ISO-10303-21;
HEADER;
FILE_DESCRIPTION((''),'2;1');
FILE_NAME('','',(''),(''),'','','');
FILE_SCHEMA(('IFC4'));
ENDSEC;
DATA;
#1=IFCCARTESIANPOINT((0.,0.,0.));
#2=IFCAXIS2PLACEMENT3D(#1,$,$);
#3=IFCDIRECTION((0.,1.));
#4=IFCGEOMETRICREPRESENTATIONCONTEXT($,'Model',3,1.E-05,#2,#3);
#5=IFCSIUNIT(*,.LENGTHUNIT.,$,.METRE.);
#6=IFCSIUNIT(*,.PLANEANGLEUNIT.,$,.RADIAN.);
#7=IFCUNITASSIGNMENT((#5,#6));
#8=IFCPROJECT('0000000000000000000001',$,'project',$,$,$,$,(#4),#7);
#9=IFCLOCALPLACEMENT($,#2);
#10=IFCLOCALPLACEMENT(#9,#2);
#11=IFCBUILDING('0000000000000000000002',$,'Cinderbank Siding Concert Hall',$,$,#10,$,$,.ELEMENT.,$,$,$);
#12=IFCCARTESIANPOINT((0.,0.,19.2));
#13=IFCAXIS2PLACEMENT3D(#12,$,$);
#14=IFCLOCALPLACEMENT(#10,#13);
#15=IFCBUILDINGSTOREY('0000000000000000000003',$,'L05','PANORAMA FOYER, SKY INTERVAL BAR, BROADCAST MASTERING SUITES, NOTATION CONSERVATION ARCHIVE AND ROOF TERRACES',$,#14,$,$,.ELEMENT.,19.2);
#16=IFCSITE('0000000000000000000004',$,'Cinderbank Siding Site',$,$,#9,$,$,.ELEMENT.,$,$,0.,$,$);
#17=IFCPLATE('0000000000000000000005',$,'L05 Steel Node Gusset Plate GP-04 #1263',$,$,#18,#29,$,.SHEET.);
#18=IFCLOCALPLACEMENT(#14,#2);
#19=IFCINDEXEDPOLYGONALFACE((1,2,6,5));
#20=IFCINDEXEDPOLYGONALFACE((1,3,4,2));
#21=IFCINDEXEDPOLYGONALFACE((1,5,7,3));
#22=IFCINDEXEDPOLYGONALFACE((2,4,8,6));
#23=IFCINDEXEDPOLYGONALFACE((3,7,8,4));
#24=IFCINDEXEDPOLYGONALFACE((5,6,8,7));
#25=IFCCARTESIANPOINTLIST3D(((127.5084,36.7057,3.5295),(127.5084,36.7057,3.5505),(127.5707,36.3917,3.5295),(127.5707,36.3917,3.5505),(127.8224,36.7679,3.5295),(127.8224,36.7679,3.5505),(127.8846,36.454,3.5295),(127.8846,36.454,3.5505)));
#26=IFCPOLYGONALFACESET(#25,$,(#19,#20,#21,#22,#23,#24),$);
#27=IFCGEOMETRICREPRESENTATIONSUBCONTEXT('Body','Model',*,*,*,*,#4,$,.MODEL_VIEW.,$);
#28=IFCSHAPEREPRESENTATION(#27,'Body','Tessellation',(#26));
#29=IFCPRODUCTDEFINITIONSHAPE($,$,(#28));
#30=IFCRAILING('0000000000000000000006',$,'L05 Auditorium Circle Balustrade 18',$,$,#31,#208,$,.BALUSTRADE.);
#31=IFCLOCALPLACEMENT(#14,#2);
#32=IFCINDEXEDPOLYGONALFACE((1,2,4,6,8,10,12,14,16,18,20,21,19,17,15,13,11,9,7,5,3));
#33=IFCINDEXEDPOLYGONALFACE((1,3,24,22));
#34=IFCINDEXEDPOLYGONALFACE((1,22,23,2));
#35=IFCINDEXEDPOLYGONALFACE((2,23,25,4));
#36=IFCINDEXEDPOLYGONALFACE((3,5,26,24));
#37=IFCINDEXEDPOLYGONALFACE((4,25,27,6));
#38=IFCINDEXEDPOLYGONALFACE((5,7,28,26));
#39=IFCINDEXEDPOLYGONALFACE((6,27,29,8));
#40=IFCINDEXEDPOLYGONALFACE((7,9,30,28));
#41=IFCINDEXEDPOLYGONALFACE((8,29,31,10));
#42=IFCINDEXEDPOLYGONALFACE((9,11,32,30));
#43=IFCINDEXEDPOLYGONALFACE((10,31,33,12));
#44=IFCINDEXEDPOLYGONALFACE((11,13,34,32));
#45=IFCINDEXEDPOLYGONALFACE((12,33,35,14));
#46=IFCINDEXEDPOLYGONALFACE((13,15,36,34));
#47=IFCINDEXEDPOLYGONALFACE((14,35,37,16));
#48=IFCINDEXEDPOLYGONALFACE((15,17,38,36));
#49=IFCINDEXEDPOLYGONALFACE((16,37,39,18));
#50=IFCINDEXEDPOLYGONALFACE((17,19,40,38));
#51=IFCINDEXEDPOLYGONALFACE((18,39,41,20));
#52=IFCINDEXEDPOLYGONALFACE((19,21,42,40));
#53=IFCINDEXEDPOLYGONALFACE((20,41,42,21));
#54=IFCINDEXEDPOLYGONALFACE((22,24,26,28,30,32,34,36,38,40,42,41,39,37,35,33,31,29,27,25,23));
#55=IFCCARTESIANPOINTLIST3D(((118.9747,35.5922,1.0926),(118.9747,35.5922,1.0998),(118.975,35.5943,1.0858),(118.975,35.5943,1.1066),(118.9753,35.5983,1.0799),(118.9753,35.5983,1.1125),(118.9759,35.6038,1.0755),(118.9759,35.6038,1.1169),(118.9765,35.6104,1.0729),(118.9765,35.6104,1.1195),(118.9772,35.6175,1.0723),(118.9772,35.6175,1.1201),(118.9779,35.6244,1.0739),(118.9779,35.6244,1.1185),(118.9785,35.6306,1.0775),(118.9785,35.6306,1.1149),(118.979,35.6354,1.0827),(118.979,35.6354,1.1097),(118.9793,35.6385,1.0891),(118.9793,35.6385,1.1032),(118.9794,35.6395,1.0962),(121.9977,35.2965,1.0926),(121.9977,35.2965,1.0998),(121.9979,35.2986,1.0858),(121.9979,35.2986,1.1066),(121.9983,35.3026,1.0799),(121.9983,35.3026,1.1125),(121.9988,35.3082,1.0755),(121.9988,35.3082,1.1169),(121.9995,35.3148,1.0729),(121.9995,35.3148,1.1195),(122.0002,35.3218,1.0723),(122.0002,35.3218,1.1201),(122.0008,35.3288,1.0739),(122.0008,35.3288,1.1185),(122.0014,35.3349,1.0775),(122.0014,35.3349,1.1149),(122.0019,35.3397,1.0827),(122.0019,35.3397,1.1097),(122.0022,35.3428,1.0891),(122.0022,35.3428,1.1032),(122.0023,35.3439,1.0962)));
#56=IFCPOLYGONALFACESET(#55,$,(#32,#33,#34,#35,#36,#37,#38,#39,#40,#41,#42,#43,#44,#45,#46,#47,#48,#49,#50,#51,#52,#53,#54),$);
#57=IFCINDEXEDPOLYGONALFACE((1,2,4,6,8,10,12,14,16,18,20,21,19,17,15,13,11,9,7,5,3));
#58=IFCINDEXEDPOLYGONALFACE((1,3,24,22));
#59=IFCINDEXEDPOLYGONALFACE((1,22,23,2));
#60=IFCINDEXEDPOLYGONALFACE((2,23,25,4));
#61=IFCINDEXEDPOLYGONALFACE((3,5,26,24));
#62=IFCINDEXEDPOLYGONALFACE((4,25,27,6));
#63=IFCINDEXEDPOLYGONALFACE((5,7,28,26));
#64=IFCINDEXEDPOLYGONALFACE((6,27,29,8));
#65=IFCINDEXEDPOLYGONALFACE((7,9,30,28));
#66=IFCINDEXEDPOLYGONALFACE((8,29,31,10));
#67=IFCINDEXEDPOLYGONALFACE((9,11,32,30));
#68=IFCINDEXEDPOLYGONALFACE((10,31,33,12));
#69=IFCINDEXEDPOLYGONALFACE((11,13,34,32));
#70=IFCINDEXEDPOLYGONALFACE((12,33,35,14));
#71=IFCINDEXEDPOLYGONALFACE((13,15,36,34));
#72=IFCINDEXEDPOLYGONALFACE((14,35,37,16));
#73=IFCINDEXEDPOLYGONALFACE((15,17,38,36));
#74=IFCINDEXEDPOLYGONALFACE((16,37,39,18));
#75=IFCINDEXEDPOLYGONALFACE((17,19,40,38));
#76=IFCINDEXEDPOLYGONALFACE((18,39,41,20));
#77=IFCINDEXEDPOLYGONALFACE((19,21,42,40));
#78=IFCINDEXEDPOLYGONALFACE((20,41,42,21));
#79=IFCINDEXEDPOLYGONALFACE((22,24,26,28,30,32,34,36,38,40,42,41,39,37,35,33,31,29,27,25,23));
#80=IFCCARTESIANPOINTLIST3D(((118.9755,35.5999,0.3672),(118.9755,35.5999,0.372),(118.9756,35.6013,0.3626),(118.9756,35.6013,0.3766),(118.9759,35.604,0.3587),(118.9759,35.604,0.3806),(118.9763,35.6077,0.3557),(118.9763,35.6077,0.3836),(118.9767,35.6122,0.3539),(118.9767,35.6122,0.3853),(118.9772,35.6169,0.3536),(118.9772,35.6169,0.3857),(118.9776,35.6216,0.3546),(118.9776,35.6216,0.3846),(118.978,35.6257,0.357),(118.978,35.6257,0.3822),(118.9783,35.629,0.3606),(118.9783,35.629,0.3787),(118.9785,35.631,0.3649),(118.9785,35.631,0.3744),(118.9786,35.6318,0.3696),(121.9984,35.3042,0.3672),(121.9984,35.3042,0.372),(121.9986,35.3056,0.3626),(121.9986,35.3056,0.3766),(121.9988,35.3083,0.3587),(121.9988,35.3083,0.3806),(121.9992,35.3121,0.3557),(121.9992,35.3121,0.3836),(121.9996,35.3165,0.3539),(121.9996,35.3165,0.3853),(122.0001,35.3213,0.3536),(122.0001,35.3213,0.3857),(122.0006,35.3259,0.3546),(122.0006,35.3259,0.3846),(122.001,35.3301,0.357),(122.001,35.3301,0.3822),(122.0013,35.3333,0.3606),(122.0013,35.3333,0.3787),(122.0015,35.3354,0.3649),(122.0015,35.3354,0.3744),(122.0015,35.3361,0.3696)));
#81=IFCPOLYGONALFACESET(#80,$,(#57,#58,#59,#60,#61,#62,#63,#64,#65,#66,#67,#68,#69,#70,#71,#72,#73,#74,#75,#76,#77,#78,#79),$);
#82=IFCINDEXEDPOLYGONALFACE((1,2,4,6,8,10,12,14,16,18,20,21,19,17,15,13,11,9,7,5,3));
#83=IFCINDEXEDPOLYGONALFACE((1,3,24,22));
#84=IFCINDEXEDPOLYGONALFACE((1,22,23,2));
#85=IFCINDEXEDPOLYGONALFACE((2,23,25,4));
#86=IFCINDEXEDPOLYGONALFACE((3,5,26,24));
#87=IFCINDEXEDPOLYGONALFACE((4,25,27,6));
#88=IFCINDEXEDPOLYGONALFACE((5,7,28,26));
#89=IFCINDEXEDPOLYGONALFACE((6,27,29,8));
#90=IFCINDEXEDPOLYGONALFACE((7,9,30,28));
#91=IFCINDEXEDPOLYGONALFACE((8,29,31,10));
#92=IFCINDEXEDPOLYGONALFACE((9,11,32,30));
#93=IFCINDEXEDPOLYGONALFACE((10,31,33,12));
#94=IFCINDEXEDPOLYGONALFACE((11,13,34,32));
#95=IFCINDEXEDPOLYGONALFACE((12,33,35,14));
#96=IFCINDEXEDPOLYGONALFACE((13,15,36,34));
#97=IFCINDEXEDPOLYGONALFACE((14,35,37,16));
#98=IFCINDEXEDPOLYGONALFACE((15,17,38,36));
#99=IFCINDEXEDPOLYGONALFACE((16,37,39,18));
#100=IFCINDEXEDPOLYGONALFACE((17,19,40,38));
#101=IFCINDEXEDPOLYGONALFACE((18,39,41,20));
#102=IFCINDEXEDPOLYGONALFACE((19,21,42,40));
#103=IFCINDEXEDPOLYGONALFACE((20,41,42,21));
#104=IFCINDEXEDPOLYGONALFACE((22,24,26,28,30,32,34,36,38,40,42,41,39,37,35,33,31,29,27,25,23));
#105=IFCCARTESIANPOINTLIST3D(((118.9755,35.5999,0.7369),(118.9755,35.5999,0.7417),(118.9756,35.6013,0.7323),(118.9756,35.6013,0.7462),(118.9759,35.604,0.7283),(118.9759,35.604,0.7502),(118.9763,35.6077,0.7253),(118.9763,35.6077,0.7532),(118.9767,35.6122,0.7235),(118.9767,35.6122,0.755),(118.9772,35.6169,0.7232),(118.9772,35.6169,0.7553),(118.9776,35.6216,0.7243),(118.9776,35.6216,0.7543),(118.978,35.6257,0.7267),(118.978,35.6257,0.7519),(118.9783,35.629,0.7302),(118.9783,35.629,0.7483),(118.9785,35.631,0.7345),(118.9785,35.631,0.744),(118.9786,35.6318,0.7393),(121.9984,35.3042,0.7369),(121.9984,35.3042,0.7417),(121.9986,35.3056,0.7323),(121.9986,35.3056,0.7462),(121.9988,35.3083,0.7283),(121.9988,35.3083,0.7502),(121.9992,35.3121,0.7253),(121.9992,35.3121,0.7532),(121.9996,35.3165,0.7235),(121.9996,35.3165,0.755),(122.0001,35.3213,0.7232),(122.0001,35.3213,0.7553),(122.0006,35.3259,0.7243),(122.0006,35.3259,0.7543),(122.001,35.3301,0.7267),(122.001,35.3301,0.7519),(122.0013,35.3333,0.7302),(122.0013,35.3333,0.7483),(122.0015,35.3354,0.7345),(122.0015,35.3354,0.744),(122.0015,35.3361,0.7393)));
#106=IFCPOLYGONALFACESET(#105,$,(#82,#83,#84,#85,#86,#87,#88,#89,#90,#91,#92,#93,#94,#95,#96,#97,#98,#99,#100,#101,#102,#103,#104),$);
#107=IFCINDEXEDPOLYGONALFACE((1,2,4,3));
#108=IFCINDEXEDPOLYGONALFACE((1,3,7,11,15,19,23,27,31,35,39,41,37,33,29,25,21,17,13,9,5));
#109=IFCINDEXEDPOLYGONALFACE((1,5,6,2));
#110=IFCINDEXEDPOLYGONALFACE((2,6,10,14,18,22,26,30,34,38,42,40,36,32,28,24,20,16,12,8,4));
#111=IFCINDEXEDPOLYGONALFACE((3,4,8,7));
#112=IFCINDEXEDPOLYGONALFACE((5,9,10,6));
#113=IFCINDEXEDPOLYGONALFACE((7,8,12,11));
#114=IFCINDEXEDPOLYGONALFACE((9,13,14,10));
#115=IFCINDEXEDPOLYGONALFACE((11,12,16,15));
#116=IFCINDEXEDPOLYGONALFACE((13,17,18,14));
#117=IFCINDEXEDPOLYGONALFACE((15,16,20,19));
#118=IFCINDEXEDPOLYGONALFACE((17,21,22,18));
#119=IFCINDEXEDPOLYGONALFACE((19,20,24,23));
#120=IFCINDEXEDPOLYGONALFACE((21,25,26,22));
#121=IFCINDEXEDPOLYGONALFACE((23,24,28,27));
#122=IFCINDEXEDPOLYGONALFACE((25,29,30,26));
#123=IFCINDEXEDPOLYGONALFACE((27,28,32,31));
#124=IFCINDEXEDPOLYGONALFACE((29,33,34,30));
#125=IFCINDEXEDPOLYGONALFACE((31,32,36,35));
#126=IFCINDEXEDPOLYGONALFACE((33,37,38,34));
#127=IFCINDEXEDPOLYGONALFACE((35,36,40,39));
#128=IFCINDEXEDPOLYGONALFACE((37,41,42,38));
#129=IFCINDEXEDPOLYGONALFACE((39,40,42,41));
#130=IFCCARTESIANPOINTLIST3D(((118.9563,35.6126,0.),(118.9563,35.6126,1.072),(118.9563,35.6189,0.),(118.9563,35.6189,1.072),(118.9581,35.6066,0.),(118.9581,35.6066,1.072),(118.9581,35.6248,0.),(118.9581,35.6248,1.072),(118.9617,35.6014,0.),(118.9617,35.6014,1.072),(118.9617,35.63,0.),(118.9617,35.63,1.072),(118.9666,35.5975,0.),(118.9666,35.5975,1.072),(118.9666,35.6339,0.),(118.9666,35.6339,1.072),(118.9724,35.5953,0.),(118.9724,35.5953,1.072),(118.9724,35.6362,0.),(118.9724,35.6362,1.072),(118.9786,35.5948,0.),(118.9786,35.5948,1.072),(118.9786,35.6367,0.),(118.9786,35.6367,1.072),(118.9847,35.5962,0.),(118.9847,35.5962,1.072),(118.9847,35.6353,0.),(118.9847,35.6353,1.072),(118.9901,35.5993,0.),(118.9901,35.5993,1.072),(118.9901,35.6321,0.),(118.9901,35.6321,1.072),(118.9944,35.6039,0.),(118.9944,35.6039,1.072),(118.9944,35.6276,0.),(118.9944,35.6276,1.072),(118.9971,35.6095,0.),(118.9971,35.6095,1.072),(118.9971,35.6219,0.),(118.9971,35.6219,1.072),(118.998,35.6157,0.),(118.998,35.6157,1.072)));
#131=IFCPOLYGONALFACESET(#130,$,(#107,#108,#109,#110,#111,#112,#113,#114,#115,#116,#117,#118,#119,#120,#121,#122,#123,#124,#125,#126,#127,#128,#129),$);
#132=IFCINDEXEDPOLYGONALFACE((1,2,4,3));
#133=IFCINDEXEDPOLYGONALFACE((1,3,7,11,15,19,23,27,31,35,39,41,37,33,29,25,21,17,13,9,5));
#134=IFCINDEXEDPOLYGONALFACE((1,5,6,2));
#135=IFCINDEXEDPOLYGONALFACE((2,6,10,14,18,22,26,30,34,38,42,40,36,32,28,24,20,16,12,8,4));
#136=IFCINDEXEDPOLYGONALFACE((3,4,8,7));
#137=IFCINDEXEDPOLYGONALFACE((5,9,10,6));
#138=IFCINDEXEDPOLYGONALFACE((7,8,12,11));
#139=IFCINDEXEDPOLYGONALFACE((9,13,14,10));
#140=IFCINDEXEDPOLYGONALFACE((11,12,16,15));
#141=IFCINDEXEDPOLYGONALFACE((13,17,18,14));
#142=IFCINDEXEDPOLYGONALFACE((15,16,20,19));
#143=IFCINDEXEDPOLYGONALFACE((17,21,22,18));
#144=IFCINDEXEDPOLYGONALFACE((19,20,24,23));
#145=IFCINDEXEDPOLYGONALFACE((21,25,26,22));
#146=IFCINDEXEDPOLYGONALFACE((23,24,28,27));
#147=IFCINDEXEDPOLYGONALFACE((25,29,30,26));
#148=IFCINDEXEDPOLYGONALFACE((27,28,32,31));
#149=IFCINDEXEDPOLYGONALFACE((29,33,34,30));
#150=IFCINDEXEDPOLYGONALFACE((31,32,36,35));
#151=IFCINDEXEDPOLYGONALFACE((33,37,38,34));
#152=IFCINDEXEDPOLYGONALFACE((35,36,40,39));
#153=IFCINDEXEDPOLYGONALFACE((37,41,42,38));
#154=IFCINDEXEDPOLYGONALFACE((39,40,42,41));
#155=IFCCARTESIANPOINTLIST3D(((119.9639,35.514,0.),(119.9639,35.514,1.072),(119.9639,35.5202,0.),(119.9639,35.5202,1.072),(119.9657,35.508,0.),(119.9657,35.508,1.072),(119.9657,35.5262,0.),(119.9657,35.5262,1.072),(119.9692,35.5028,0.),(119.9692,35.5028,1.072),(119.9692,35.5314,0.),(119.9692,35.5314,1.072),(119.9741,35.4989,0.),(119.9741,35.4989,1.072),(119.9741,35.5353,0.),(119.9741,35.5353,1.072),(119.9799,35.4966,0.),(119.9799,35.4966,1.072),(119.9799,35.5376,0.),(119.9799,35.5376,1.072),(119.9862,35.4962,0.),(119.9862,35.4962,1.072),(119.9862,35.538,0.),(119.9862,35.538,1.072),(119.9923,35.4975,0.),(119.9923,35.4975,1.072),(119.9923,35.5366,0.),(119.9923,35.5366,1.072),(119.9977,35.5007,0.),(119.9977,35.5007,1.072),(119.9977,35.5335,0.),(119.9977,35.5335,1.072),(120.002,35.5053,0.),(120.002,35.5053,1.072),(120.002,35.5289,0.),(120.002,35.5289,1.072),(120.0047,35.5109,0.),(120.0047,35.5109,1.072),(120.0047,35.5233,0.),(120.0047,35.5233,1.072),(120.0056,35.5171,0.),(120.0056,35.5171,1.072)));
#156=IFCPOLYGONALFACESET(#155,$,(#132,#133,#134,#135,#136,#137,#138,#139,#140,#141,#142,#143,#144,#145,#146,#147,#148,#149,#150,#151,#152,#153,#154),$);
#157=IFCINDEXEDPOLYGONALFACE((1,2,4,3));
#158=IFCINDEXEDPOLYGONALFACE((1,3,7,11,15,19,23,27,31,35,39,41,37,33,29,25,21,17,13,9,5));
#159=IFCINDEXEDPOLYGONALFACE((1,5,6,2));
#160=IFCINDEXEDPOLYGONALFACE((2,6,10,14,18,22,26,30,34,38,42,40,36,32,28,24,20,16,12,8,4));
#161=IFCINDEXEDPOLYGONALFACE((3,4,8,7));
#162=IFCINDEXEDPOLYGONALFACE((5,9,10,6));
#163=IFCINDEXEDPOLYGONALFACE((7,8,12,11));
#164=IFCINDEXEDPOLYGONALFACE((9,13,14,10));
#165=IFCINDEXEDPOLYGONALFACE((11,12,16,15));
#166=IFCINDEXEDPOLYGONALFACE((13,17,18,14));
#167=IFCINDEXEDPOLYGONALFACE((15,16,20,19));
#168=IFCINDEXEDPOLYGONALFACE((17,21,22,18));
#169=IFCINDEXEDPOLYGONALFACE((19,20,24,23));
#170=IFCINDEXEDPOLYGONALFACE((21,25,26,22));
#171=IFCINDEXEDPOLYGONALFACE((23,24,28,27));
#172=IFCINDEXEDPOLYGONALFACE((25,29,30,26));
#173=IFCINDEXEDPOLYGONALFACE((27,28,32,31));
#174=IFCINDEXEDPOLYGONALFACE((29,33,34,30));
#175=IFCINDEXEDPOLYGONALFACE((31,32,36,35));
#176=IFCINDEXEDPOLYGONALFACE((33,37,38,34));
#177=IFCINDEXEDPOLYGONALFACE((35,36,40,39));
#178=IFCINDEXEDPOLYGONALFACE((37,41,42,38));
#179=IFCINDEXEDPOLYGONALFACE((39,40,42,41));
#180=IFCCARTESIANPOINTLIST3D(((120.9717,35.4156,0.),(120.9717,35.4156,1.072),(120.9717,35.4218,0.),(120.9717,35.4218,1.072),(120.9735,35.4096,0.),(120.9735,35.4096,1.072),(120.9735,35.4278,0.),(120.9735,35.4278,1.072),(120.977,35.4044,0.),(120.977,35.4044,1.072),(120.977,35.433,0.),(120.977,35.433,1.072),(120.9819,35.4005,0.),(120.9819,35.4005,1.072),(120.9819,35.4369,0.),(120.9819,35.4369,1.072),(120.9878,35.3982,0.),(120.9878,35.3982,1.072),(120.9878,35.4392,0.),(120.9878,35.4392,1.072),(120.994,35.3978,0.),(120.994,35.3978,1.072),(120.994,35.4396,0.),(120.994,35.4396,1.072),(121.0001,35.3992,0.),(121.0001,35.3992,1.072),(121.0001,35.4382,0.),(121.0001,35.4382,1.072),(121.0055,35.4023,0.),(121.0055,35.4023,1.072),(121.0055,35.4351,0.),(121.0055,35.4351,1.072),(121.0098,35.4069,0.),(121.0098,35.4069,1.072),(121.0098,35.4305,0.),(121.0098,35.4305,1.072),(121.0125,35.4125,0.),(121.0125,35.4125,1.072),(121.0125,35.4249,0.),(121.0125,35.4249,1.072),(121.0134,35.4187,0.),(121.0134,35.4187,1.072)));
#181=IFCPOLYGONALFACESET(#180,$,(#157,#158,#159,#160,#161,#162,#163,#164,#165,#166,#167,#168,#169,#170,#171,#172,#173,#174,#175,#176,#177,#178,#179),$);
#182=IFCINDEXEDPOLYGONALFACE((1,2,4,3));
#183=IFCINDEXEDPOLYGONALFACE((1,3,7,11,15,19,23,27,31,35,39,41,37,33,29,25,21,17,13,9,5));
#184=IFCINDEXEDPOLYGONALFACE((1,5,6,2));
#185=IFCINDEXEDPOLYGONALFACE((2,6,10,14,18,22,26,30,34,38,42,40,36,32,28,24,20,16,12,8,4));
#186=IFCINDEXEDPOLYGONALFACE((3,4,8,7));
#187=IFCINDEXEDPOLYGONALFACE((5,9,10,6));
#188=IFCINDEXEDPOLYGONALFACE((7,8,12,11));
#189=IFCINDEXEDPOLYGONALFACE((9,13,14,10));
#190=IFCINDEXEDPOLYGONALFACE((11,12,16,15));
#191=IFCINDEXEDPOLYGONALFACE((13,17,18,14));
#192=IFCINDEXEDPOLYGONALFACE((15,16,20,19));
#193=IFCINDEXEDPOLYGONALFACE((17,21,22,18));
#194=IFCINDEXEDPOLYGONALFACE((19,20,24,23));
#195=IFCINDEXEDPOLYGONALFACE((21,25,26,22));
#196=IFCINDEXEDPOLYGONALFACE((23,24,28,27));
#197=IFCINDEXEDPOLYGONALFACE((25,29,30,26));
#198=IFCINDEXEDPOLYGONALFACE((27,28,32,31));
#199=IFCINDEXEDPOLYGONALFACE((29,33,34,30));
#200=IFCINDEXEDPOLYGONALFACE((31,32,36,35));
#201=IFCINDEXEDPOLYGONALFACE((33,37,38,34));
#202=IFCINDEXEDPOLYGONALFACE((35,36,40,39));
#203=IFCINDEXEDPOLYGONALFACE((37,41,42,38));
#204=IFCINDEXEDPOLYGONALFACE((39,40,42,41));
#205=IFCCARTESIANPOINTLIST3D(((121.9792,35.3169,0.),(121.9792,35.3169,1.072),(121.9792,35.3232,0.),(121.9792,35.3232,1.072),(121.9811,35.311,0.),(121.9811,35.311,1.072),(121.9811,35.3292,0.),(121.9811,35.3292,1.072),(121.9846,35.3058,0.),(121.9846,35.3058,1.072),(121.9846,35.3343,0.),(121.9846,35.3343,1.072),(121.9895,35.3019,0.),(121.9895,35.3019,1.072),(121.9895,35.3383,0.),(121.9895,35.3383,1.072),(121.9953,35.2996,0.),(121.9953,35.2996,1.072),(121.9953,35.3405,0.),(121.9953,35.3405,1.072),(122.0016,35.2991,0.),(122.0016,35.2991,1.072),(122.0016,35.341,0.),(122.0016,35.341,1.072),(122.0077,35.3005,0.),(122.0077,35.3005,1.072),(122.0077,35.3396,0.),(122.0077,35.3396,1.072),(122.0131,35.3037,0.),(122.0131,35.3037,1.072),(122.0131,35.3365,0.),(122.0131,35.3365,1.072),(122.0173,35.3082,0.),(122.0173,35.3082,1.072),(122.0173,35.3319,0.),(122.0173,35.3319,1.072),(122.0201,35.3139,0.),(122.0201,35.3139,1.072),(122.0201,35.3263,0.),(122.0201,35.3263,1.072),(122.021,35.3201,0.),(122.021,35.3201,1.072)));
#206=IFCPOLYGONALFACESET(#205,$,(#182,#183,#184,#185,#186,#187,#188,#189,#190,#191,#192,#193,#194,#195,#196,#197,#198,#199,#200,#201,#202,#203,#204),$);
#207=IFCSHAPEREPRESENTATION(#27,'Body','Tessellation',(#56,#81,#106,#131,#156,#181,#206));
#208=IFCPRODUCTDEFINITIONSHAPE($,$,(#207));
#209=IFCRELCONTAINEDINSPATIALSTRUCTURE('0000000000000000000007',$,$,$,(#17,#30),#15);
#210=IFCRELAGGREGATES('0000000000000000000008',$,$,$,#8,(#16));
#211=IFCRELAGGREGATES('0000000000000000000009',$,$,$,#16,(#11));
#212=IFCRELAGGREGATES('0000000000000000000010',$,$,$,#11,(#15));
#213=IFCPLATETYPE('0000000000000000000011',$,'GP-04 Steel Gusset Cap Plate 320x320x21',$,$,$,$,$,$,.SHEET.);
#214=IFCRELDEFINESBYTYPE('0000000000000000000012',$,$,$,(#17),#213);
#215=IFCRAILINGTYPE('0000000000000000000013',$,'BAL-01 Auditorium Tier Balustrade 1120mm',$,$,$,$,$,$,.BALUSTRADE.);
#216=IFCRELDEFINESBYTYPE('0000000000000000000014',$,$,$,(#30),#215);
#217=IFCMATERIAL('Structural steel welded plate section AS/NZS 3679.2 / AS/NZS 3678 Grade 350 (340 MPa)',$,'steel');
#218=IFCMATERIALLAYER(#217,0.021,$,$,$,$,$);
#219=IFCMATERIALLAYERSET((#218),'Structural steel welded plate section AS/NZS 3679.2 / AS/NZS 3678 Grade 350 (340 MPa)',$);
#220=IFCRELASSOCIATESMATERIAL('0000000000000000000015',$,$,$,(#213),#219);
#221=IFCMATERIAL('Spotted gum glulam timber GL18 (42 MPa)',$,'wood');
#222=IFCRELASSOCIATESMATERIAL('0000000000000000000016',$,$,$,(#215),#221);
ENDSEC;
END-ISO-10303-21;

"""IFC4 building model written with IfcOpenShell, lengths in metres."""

from ifc_helpers import new_model, si_unit, direction, frame, origin, origin_2d, place, context, subcontext, project, spatial, rectangle, circle, extrude, material, layer, layer_set, type_object, element, save


model = new_model("IFC4")

# Units and contexts
model_context = context("Model", 3, precision=1e-05, world=origin(), true_north=direction((0.0, 1.0)))
body_context = subcontext(model_context, "Body", "Model", "MODEL_VIEW")
ifc_project = project(units=[si_unit("LENGTHUNIT", "METRE"), si_unit("PLANEANGLEUNIT", "RADIAN")], contexts=[model_context])

# Site, building, storey
site_placement = place(None, origin())
site = spatial("IfcSite", under=ifc_project, at=site_placement, Name="Cinderbank Siding Site", CompositionType="ELEMENT", RefElevation=0.0)
building_placement = place(site_placement, origin())
building = spatial("IfcBuilding", under=site, at=building_placement, Name="Cinderbank Siding Concert Hall", CompositionType="ELEMENT")
storey_placement = place(building_placement, frame((0.0, 0.0, 19.2)))
storey = spatial("IfcBuildingStorey", under=building, at=storey_placement, Name="L05", Description="PANORAMA FOYER, SKY INTERVAL BAR, BROADCAST MASTERING SUITES, NOTATION CONSERVATION ARCHIVE AND ROOF TERRACES", CompositionType="ELEMENT", Elevation=19.2)

# Plate
ifc_material_1 = material(Name="Structural steel welded plate section AS/NZS 3679.2 / AS/NZS 3678 Grade 350 (340 MPa)", Category="steel")
ifc_layer_1 = layer(ifc_material_1, 0.021)
ifc_layer_set_1 = layer_set([ifc_layer_1], Name="Structural steel welded plate section AS/NZS 3679.2 / AS/NZS 3678 Grade 350 (340 MPa)")
plate_type_1 = type_object("IfcPlateType", Name="GP-04 Steel Gusset Cap Plate 320x320x21", PredefinedType="SHEET", material=ifc_layer_set_1)
plate_placement = place(storey_placement, frame((127.6965, 36.5798, 3.5295), z_axis=(0.0, 0.0, 1.0), x_axis=(0.980887, 0.194577, 0.0)))
element("IfcPlate", 1, at=plate_placement, inside=storey, type_object=plate_type_1, Name="L05 Steel Node Gusset Plate GP-04 #1263", PredefinedType="SHEET", context=body_context, shape_type="SweptSolid", body=[
    extrude(rectangle(XDim=0.3201, YDim=0.3201, at=origin_2d()), origin(), (0.0, 0.0, 1.0), 0.021),
])

# Railing
ifc_material_2 = material(Name="Spotted gum glulam timber GL18 (42 MPa)", Category="wood")
railing_type = type_object("IfcRailingType", Name="BAL-01 Auditorium Tier Balustrade 1120mm", PredefinedType="BALUSTRADE", material=ifc_material_2)
railing_1_placement = place(storey_placement, frame((118.9771, 35.6157, 0.0)))
element("IfcRailing", 2, at=railing_1_placement, inside=storey, type_object=railing_type, Name="L05 Auditorium Circle Balustrade 18", PredefinedType="BALUSTRADE", context=body_context, shape_type="SweptSolid", body=[
    extrude(circle(Radius=0.0239, at=origin_2d()), frame((0.0, 0.0, 1.0962), z_axis=(0.995251, -0.097339, 0.0), x_axis=(0.097339, 0.995251, 0.0)), (0.0, 0.0, 1.0), 3.0374),
    extrude(circle(Radius=0.0161, at=origin_2d()), frame((0.0, 0.0, 0.3696), z_axis=(0.995251, -0.097339, 0.0), x_axis=(0.097339, 0.995251, 0.0)), (0.0, 0.0, 1.0), 3.0374),
    extrude(circle(Radius=0.0161, at=origin_2d()), frame((0.0, 0.0, 0.7393), z_axis=(0.995251, -0.097339, 0.0), x_axis=(0.097339, 0.995251, 0.0)), (0.0, 0.0, 1.0), 3.0374),
    extrude(circle(Radius=0.021, at=origin_2d()), origin(), (0.0, 0.0, 1.0), 1.072),
    extrude(circle(Radius=0.021, at=origin_2d()), frame((1.0076, -0.0986, 0.0)), (0.0, 0.0, 1.0), 1.072),
    extrude(circle(Radius=0.021, at=origin_2d()), frame((2.0154, -0.197, 0.0)), (0.0, 0.0, 1.0), 1.072),
    extrude(circle(Radius=0.021, at=origin_2d()), frame((3.0229, -0.2957, 0.0)), (0.0, 0.0, 1.0), 1.072),
])

save(model, "model.ifc")
